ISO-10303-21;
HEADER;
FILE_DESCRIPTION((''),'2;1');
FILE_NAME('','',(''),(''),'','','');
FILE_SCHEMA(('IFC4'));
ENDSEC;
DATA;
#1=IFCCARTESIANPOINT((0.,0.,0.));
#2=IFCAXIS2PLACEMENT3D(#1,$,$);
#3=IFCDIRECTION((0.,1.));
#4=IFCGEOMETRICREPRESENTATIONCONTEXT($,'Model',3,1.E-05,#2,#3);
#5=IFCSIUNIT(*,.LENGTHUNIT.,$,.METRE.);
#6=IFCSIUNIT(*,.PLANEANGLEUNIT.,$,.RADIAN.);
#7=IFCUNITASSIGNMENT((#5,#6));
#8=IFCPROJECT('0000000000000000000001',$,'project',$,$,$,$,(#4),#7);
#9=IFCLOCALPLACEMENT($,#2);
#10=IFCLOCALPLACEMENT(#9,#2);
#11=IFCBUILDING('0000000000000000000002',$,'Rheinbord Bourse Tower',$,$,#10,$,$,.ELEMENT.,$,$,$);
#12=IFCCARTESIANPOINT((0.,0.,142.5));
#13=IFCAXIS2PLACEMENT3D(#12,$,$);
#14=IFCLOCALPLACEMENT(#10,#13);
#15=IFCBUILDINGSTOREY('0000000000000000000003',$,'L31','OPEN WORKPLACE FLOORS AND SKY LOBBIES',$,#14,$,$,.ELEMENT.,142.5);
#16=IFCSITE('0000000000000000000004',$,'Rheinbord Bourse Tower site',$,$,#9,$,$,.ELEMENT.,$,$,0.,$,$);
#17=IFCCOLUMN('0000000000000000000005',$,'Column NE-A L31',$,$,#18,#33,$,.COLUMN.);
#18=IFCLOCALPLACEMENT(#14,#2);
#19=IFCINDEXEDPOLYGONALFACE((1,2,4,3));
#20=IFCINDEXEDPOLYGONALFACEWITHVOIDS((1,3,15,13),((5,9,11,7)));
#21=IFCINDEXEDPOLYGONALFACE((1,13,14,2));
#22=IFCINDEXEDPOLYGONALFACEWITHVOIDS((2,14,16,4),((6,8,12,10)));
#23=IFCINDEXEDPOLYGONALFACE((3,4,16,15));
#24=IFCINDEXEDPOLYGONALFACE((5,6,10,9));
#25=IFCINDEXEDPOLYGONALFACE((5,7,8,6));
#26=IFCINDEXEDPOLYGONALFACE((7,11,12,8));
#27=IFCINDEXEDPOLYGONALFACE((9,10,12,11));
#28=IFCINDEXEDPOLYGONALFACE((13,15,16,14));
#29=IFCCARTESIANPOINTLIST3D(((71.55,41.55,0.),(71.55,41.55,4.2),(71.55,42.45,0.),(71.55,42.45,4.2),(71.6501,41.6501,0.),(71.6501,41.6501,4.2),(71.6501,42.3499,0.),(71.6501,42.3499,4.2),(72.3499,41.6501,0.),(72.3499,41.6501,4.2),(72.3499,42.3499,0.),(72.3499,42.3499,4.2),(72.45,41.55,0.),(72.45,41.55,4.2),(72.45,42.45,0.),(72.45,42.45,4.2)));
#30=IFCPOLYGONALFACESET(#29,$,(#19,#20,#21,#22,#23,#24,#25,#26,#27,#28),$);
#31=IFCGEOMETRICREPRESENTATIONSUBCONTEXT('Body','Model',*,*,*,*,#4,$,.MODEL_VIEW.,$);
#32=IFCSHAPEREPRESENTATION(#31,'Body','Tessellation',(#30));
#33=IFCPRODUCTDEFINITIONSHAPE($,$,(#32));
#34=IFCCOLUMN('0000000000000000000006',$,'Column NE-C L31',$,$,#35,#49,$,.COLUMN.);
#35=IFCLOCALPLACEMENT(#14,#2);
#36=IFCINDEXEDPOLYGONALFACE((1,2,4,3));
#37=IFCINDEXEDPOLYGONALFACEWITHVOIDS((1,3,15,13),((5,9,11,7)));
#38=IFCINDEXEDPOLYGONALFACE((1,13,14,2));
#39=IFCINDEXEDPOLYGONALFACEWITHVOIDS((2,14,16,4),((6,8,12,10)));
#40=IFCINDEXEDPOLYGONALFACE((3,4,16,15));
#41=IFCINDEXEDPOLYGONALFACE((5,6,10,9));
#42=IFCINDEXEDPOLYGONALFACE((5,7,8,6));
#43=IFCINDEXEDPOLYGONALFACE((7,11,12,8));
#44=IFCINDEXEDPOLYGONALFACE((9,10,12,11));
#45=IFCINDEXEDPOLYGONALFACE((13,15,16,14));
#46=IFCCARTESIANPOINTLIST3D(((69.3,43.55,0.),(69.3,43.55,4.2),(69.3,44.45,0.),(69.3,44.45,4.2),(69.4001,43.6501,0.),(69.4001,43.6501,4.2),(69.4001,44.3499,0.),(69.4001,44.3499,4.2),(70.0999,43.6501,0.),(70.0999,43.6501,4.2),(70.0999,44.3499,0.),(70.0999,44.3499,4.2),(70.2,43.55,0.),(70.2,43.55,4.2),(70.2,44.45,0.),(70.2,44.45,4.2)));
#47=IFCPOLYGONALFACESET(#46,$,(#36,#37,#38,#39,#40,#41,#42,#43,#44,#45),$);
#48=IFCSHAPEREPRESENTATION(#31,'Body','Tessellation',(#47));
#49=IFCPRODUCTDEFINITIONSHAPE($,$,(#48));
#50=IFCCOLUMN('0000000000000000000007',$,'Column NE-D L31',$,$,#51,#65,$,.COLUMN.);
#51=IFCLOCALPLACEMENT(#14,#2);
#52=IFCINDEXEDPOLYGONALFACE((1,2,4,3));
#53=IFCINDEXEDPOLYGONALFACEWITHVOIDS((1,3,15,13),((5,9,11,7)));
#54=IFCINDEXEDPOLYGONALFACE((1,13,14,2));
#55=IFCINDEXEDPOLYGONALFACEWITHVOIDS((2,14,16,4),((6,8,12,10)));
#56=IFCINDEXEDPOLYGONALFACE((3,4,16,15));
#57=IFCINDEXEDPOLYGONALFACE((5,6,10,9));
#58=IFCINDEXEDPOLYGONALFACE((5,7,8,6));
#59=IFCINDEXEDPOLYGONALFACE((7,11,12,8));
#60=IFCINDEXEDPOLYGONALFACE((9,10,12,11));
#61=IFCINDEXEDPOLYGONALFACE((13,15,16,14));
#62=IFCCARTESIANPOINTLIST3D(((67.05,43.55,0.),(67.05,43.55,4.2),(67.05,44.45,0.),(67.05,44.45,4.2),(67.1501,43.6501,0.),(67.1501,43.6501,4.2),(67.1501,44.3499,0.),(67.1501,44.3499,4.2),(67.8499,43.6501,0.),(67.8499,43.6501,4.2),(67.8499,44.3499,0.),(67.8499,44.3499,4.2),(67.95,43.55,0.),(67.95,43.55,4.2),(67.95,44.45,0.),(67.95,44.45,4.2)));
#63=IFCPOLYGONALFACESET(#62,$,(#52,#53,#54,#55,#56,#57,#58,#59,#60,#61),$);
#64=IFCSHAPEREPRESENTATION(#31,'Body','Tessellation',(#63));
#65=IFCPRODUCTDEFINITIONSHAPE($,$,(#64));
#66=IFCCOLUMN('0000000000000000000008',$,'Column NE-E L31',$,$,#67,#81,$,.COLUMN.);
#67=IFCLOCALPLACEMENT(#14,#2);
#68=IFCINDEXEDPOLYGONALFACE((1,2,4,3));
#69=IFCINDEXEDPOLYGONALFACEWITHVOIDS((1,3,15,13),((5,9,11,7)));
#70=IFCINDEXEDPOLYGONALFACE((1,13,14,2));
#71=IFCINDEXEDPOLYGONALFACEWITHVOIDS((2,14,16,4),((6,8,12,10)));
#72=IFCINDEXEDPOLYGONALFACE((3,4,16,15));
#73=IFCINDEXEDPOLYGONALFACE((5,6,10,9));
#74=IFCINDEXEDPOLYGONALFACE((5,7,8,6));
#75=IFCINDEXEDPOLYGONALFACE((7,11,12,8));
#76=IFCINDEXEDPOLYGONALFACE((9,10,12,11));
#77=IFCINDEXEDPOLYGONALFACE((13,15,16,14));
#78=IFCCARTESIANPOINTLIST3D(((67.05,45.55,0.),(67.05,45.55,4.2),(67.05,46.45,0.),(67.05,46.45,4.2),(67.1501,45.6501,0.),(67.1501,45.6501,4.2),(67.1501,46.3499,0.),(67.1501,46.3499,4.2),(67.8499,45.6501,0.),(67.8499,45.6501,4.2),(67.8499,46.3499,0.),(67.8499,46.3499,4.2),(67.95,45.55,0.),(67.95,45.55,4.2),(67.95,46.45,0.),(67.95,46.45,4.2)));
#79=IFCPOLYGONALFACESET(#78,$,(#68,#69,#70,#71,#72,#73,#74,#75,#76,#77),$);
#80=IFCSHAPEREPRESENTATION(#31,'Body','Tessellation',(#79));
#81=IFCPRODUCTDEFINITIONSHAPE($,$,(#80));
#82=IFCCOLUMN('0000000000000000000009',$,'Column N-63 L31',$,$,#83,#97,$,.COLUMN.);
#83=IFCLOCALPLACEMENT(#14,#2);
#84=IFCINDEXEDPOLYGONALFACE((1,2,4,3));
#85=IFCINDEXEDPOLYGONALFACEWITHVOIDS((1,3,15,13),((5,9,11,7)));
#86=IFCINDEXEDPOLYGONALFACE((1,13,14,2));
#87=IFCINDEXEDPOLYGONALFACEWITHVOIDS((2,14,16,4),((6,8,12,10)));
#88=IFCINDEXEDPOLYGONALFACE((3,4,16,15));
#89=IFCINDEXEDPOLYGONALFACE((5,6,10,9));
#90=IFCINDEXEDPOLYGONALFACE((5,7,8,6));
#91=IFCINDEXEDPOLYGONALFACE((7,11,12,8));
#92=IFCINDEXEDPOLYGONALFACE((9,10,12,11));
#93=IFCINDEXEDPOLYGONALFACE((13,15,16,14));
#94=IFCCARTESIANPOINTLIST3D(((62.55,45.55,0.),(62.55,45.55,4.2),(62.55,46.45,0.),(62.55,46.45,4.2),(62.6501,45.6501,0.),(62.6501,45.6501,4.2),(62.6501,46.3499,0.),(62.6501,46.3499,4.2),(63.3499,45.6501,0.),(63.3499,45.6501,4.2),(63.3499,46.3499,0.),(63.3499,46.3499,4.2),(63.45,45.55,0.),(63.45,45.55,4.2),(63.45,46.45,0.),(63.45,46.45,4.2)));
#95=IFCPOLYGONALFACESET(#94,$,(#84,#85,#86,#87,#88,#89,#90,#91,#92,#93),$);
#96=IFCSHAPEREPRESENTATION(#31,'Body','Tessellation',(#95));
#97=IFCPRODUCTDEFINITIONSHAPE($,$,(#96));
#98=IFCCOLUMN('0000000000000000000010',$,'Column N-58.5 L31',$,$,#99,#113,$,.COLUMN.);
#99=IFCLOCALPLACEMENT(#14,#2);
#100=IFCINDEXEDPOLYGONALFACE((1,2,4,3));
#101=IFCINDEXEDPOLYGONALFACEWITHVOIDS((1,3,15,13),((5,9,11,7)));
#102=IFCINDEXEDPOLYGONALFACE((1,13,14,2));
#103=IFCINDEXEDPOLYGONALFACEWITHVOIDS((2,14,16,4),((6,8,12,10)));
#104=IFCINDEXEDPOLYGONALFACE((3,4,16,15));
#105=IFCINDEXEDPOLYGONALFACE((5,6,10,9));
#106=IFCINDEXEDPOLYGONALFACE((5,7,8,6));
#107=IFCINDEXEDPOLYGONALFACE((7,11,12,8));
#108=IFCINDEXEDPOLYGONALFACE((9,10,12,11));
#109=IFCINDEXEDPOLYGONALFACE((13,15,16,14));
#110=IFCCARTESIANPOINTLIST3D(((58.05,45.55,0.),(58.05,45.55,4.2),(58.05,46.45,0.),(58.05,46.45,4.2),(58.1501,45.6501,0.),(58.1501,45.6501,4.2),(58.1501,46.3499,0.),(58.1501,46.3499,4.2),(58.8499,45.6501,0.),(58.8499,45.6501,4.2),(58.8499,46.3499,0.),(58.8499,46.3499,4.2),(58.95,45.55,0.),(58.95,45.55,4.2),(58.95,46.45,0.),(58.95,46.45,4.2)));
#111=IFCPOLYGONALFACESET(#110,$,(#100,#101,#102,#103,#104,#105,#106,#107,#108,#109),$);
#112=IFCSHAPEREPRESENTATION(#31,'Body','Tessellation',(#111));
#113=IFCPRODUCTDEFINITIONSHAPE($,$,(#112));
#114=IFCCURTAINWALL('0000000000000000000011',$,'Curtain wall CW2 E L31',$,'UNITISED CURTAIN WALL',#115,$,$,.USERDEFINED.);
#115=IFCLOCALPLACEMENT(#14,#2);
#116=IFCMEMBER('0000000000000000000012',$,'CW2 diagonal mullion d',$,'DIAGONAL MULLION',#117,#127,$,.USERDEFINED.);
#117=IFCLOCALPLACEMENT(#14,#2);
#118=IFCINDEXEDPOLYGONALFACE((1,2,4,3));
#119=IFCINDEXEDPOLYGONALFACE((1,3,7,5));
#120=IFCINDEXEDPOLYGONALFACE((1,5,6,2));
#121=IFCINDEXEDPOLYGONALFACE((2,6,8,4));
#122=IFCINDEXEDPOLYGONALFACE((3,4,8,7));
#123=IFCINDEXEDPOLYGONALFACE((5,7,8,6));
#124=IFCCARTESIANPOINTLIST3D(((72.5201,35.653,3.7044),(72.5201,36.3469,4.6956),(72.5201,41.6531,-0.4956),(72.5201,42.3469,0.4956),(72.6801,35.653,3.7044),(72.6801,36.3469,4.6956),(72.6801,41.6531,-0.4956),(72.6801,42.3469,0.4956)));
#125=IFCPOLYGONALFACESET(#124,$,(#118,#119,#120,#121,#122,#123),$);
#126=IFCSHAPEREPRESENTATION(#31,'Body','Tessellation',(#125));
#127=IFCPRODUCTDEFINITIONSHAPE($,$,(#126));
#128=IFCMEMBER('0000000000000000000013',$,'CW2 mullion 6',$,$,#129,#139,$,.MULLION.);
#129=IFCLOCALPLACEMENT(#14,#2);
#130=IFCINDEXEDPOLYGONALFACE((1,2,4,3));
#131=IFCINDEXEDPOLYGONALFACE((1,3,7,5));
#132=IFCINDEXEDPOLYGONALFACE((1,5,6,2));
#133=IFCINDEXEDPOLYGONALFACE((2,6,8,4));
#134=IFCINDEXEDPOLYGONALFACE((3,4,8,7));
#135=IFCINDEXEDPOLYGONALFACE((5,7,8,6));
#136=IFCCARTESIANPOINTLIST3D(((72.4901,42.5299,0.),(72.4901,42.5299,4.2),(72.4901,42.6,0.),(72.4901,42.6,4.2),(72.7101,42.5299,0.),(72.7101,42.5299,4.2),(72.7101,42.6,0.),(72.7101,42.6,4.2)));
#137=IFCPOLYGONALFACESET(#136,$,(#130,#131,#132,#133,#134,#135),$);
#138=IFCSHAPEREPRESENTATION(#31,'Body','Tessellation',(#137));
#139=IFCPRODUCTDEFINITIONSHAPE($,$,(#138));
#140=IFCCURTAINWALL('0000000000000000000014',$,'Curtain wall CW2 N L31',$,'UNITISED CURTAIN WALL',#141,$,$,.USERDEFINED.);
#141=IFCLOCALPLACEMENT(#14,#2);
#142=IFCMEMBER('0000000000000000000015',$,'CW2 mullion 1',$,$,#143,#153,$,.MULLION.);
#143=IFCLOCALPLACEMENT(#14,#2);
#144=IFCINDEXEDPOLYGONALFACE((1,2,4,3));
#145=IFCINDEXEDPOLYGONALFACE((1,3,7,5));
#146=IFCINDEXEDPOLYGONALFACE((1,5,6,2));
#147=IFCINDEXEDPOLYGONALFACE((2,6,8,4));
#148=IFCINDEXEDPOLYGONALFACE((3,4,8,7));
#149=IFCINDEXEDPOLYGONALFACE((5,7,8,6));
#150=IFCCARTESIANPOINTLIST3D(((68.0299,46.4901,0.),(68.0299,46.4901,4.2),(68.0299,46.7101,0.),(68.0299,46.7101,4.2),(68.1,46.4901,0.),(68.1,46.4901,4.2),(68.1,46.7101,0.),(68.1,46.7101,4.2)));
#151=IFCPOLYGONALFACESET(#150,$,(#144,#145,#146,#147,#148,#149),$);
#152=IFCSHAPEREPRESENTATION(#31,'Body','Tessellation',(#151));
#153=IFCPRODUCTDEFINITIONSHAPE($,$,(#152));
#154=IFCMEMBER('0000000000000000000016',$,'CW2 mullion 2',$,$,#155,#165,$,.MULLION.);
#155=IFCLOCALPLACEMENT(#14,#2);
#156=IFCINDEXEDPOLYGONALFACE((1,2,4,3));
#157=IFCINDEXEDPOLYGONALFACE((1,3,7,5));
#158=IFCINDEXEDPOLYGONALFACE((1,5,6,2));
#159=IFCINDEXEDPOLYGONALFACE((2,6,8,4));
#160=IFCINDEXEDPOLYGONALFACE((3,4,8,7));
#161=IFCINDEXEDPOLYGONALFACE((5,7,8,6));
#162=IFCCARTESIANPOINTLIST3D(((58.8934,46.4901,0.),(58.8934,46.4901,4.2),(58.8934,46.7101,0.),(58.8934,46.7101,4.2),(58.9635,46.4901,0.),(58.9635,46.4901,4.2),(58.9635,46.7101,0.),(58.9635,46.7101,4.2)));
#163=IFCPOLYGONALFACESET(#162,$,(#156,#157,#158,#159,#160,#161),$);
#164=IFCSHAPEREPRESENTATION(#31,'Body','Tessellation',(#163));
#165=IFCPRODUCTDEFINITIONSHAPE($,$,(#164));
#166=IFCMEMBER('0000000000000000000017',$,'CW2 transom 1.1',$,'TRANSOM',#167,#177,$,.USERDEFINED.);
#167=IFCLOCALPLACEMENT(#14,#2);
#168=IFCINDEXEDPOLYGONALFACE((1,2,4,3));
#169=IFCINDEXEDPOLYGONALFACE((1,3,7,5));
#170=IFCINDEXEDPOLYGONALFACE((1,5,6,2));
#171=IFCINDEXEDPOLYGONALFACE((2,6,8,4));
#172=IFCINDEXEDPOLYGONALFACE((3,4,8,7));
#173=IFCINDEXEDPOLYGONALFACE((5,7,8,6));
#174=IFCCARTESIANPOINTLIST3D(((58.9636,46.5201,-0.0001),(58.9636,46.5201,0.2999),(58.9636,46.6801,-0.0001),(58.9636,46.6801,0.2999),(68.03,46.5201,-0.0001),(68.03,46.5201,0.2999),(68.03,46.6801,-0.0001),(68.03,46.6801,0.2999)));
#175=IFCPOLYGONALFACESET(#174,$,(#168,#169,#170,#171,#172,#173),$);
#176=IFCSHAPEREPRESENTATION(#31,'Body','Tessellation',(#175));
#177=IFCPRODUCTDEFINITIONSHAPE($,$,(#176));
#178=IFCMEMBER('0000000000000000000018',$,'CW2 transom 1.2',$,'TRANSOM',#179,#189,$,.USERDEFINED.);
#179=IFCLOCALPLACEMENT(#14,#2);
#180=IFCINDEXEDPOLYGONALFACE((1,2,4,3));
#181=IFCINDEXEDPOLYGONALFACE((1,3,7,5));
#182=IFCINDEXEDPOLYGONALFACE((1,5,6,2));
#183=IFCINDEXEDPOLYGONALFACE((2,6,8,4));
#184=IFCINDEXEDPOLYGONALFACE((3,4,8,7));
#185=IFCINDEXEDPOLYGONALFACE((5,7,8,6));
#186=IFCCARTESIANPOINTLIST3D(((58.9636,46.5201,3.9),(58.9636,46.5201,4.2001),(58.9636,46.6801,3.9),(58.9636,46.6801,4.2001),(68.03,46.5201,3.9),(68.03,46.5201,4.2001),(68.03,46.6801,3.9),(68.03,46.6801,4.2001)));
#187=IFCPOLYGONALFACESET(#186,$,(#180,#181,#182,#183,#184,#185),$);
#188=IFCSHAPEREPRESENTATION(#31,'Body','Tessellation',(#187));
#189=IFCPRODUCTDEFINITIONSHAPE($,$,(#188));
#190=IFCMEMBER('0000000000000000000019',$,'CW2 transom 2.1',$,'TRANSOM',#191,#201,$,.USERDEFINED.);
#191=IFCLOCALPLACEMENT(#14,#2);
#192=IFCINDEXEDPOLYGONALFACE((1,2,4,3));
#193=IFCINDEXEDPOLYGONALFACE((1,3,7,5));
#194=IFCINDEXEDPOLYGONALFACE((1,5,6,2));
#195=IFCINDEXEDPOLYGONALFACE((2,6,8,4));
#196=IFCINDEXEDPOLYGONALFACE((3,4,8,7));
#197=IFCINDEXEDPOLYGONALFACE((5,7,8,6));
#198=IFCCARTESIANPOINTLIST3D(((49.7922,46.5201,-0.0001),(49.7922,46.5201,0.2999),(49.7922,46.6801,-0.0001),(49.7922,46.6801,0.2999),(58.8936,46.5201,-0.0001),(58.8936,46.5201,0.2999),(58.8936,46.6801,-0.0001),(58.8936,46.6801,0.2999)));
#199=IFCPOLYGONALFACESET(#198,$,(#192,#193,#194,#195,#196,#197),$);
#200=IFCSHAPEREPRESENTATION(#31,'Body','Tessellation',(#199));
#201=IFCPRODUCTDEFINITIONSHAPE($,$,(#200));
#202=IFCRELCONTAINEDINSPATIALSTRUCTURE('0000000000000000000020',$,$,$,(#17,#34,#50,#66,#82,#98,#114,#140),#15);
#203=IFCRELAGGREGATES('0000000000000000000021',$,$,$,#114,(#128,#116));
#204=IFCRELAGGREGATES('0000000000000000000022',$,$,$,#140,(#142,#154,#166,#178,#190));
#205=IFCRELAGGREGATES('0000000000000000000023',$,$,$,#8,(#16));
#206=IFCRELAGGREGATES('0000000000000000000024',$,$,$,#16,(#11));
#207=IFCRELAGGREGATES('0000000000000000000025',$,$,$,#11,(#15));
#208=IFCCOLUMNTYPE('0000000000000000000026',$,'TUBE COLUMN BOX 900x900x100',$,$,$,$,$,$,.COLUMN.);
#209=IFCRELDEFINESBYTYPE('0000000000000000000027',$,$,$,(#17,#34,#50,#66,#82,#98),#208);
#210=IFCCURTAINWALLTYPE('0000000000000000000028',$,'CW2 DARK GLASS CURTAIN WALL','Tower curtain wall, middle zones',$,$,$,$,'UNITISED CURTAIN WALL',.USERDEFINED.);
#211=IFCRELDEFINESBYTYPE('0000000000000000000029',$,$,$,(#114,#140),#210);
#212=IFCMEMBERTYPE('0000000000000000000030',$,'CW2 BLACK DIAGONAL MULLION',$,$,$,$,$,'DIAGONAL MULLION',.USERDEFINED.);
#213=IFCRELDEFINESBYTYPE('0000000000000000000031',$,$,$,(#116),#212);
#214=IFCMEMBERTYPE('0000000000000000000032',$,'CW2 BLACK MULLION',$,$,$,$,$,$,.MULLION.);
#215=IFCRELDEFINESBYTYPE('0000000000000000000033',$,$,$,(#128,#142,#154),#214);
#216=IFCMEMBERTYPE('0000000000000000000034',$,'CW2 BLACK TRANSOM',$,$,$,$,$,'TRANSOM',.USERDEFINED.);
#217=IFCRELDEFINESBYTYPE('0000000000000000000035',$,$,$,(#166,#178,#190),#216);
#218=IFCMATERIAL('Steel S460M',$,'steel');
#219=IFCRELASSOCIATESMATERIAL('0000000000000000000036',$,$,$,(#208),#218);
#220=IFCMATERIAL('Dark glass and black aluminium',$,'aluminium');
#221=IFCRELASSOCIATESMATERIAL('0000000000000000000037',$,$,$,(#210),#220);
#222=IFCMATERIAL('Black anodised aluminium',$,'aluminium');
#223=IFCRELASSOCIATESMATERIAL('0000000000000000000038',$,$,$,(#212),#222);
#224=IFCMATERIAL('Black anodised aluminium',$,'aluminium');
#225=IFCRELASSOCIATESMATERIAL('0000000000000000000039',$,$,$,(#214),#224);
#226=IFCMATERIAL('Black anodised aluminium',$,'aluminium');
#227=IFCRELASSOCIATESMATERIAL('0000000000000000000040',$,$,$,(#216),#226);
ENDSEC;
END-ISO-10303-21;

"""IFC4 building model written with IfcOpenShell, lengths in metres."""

from ifc_helpers import new_model, si_unit, direction, frame, origin, origin_2d, place, context, subcontext, project, spatial, rectangle, hollow_rectangle, extrude, material, material_profile, profile_set, type_object, element, aggregate, save


model = new_model("IFC4")

# Units and contexts
model_context = context("Model", 3, precision=1e-05, world=origin(), true_north=direction((0.0, 1.0)))
body_context = subcontext(model_context, "Body", "Model", "MODEL_VIEW")
ifc_project = project(units=[si_unit("LENGTHUNIT", "METRE"), si_unit("PLANEANGLEUNIT", "RADIAN")], contexts=[model_context])

# Site, building, storey
site_placement = place(None, origin())
site = spatial("IfcSite", under=ifc_project, at=site_placement, Name="Rheinbord Bourse Tower site", CompositionType="ELEMENT", RefElevation=0.0)
building_placement = place(site_placement, origin())
building = spatial("IfcBuilding", under=site, at=building_placement, Name="Rheinbord Bourse Tower", CompositionType="ELEMENT")
storey_placement = place(building_placement, frame((0.0, 0.0, 142.5)))
storey = spatial("IfcBuildingStorey", under=building, at=storey_placement, Name="L31", Description="OPEN WORKPLACE FLOORS AND SKY LOBBIES", CompositionType="ELEMENT", Elevation=142.5)

# Columns
ifc_material_1 = material(Name="Steel S460M", Category="steel")
ifc_material_profile_1 = material_profile(ifc_material_1, hollow_rectangle(XDim=0.8999, YDim=0.8999, WallThickness=0.1001, at=origin_2d()), Name="BOX 900x900x100")
ifc_profile_set_1 = profile_set([ifc_material_profile_1], Name="Steel S460M")
column_type = type_object("IfcColumnType", Name="TUBE COLUMN BOX 900x900x100", PredefinedType="COLUMN", material=ifc_profile_set_1)
for number, where, z_axis, x_axis, name in (
    (1, (72.0, 42.0, 0.0), (0.0, 0.0, 1.0), (1.0, 0.0, 0.0), "Column NE-A L31"),
    (2, (69.75, 44.0, 0.0), (0.0, 0.0, 1.0), (1.0, 0.0, 0.0), "Column NE-C L31"),
    (3, (67.5, 44.0, 0.0), (0.0, 0.0, 1.0), (0.0, 1.0, 0.0), "Column NE-D L31"),
    (4, (67.5, 46.0, 0.0), (0.0, 0.0, 1.0), (0.0, 1.0, 0.0), "Column NE-E L31"),
    (5, (63.0, 46.0, 0.0), (0.0, 0.0, 1.0), (0.0, 1.0, 0.0), "Column N-63 L31"),
    (6, (58.5, 46.0, 0.0), (0.0, 0.0, 1.0), (0.0, 1.0, 0.0), "Column N-58.5 L31"),
):
    element("IfcColumn", number, at=place(storey_placement, frame(where, z_axis=z_axis, x_axis=x_axis)), inside=storey, type_object=column_type, Name=name, PredefinedType="COLUMN", context=body_context, shape_type="SweptSolid", body=[
        extrude(hollow_rectangle(XDim=0.8999, YDim=0.8999, WallThickness=0.1001, at=origin_2d()), origin(), (0.0, 0.0, 1.0), 4.2),
    ])

# Curtain walls, members
ifc_material_2 = material(Name="Dark glass and black aluminium", Category="aluminium")
curtain_wall_type = type_object("IfcCurtainWallType", Name="CW2 DARK GLASS CURTAIN WALL", Description="Tower curtain wall, middle zones", ElementType="UNITISED CURTAIN WALL", PredefinedType="USERDEFINED", material=ifc_material_2)
curtain_wall_1_placement = place(storey_placement, origin())
curtain_wall_1 = element("IfcCurtainWall", 7, at=curtain_wall_1_placement, inside=storey, type_object=curtain_wall_type, Name="Curtain wall CW2 E L31", ObjectType="UNITISED CURTAIN WALL", PredefinedType="USERDEFINED")
ifc_material_3 = material(Name="Black anodised aluminium", Category="aluminium")
ifc_material_profile_2 = material_profile(ifc_material_3, rectangle(XDim=0.1599, YDim=1.21, at=origin_2d()), Name="CW2 DIAGONAL MULLION 1210x160")
ifc_profile_set_2 = profile_set([ifc_material_profile_2], Name="Black anodised aluminium")
member_type_1 = type_object("IfcMemberType", Name="CW2 BLACK DIAGONAL MULLION", ElementType="DIAGONAL MULLION", PredefinedType="USERDEFINED", material=ifc_profile_set_2)
member_1_placement = place(storey_placement, frame((72.6001, 42.0, 0.0), z_axis=(0.0, -0.819235, 0.573458), x_axis=(1.0, 0.0, 0.0)))
member_1 = element("IfcMember", 8, at=member_1_placement, type_object=member_type_1, Name="CW2 diagonal mullion d", ObjectType="DIAGONAL MULLION", PredefinedType="USERDEFINED", context=body_context, shape_type="SweptSolid", body=[
    extrude(rectangle(XDim=0.1599, YDim=1.21, at=origin_2d()), origin(), (0.0, 0.0, 1.0), 7.324),
])
ifc_material_4 = material(Name="Black anodised aluminium", Category="aluminium")
ifc_material_profile_3 = material_profile(ifc_material_4, rectangle(XDim=0.22, YDim=0.0701, at=origin_2d()), Name="CW2 MULLION 70x220")
ifc_profile_set_3 = profile_set([ifc_material_profile_3], Name="Black anodised aluminium")
member_type_2 = type_object("IfcMemberType", Name="CW2 BLACK MULLION", PredefinedType="MULLION", material=ifc_profile_set_3)
member_2_placement = place(storey_placement, frame((72.6001, 42.5649, 0.0), z_axis=(0.0, 0.0, 1.0), x_axis=(-1.0, 0.0, 0.0)))
member_2 = element("IfcMember", 9, at=member_2_placement, type_object=member_type_2, Name="CW2 mullion 6", PredefinedType="MULLION", context=body_context, shape_type="SweptSolid", body=[
    extrude(rectangle(XDim=0.22, YDim=0.0701, at=origin_2d()), origin(), (0.0, 0.0, 1.0), 4.2),
])
curtain_wall_2_placement = place(storey_placement, origin())
curtain_wall_2 = element("IfcCurtainWall", 10, at=curtain_wall_2_placement, inside=storey, type_object=curtain_wall_type, Name="Curtain wall CW2 N L31", ObjectType="UNITISED CURTAIN WALL", PredefinedType="USERDEFINED")
member_3_placement = place(storey_placement, frame((68.0649, 46.6001, 0.0), z_axis=(0.0, 0.0, 1.0), x_axis=(0.0, -1.0, 0.0)))
member_3 = element("IfcMember", 11, at=member_3_placement, type_object=member_type_2, Name="CW2 mullion 1", PredefinedType="MULLION", context=body_context, shape_type="SweptSolid", body=[
    extrude(rectangle(XDim=0.22, YDim=0.0701, at=origin_2d()), origin(), (0.0, 0.0, 1.0), 4.2),
])
member_4_placement = place(storey_placement, frame((58.9285, 46.6001, 0.0), z_axis=(0.0, 0.0, 1.0), x_axis=(0.0, -1.0, 0.0)))
member_4 = element("IfcMember", 12, at=member_4_placement, type_object=member_type_2, Name="CW2 mullion 2", PredefinedType="MULLION", context=body_context, shape_type="SweptSolid", body=[
    extrude(rectangle(XDim=0.22, YDim=0.0701, at=origin_2d()), origin(), (0.0, 0.0, 1.0), 4.2),
])
ifc_material_5 = material(Name="Black anodised aluminium", Category="aluminium")
ifc_material_profile_4 = material_profile(ifc_material_5, rectangle(XDim=0.1599, YDim=0.3, at=origin_2d()), Name="CW2 TRANSOM 300x160")
ifc_profile_set_4 = profile_set([ifc_material_profile_4], Name="Black anodised aluminium")
member_type_3 = type_object("IfcMemberType", Name="CW2 BLACK TRANSOM", ElementType="TRANSOM", PredefinedType="USERDEFINED", material=ifc_profile_set_4)
member_5_placement = place(storey_placement, frame((68.03, 46.6001, 0.1499), z_axis=(-1.0, 0.0, 0.0), x_axis=(0.0, -1.0, 0.0)))
member_5 = element("IfcMember", 13, at=member_5_placement, type_object=member_type_3, Name="CW2 transom 1.1", ObjectType="TRANSOM", PredefinedType="USERDEFINED", context=body_context, shape_type="SweptSolid", body=[
    extrude(rectangle(XDim=0.1599, YDim=0.3, at=origin_2d()), origin(), (0.0, 0.0, 1.0), 9.0664),
])
member_6_placement = place(storey_placement, frame((68.03, 46.6001, 4.05), z_axis=(-1.0, 0.0, 0.0), x_axis=(0.0, -1.0, 0.0)))
member_6 = element("IfcMember", 14, at=member_6_placement, type_object=member_type_3, Name="CW2 transom 1.2", ObjectType="TRANSOM", PredefinedType="USERDEFINED", context=body_context, shape_type="SweptSolid", body=[
    extrude(rectangle(XDim=0.1599, YDim=0.3, at=origin_2d()), origin(), (0.0, 0.0, 1.0), 9.0664),
])
member_7_placement = place(storey_placement, frame((58.8936, 46.6001, 0.1499), z_axis=(-1.0, 0.0, 0.0), x_axis=(0.0, -1.0, 0.0)))
member_7 = element("IfcMember", 15, at=member_7_placement, type_object=member_type_3, Name="CW2 transom 2.1", ObjectType="TRANSOM", PredefinedType="USERDEFINED", context=body_context, shape_type="SweptSolid", body=[
    extrude(rectangle(XDim=0.1599, YDim=0.3, at=origin_2d()), origin(), (0.0, 0.0, 1.0), 9.1013),
])

aggregate(curtain_wall_1, [member_2, member_1])
aggregate(curtain_wall_2, [member_3, member_4, member_5, member_6, member_7])

save(model, "model.ifc")
